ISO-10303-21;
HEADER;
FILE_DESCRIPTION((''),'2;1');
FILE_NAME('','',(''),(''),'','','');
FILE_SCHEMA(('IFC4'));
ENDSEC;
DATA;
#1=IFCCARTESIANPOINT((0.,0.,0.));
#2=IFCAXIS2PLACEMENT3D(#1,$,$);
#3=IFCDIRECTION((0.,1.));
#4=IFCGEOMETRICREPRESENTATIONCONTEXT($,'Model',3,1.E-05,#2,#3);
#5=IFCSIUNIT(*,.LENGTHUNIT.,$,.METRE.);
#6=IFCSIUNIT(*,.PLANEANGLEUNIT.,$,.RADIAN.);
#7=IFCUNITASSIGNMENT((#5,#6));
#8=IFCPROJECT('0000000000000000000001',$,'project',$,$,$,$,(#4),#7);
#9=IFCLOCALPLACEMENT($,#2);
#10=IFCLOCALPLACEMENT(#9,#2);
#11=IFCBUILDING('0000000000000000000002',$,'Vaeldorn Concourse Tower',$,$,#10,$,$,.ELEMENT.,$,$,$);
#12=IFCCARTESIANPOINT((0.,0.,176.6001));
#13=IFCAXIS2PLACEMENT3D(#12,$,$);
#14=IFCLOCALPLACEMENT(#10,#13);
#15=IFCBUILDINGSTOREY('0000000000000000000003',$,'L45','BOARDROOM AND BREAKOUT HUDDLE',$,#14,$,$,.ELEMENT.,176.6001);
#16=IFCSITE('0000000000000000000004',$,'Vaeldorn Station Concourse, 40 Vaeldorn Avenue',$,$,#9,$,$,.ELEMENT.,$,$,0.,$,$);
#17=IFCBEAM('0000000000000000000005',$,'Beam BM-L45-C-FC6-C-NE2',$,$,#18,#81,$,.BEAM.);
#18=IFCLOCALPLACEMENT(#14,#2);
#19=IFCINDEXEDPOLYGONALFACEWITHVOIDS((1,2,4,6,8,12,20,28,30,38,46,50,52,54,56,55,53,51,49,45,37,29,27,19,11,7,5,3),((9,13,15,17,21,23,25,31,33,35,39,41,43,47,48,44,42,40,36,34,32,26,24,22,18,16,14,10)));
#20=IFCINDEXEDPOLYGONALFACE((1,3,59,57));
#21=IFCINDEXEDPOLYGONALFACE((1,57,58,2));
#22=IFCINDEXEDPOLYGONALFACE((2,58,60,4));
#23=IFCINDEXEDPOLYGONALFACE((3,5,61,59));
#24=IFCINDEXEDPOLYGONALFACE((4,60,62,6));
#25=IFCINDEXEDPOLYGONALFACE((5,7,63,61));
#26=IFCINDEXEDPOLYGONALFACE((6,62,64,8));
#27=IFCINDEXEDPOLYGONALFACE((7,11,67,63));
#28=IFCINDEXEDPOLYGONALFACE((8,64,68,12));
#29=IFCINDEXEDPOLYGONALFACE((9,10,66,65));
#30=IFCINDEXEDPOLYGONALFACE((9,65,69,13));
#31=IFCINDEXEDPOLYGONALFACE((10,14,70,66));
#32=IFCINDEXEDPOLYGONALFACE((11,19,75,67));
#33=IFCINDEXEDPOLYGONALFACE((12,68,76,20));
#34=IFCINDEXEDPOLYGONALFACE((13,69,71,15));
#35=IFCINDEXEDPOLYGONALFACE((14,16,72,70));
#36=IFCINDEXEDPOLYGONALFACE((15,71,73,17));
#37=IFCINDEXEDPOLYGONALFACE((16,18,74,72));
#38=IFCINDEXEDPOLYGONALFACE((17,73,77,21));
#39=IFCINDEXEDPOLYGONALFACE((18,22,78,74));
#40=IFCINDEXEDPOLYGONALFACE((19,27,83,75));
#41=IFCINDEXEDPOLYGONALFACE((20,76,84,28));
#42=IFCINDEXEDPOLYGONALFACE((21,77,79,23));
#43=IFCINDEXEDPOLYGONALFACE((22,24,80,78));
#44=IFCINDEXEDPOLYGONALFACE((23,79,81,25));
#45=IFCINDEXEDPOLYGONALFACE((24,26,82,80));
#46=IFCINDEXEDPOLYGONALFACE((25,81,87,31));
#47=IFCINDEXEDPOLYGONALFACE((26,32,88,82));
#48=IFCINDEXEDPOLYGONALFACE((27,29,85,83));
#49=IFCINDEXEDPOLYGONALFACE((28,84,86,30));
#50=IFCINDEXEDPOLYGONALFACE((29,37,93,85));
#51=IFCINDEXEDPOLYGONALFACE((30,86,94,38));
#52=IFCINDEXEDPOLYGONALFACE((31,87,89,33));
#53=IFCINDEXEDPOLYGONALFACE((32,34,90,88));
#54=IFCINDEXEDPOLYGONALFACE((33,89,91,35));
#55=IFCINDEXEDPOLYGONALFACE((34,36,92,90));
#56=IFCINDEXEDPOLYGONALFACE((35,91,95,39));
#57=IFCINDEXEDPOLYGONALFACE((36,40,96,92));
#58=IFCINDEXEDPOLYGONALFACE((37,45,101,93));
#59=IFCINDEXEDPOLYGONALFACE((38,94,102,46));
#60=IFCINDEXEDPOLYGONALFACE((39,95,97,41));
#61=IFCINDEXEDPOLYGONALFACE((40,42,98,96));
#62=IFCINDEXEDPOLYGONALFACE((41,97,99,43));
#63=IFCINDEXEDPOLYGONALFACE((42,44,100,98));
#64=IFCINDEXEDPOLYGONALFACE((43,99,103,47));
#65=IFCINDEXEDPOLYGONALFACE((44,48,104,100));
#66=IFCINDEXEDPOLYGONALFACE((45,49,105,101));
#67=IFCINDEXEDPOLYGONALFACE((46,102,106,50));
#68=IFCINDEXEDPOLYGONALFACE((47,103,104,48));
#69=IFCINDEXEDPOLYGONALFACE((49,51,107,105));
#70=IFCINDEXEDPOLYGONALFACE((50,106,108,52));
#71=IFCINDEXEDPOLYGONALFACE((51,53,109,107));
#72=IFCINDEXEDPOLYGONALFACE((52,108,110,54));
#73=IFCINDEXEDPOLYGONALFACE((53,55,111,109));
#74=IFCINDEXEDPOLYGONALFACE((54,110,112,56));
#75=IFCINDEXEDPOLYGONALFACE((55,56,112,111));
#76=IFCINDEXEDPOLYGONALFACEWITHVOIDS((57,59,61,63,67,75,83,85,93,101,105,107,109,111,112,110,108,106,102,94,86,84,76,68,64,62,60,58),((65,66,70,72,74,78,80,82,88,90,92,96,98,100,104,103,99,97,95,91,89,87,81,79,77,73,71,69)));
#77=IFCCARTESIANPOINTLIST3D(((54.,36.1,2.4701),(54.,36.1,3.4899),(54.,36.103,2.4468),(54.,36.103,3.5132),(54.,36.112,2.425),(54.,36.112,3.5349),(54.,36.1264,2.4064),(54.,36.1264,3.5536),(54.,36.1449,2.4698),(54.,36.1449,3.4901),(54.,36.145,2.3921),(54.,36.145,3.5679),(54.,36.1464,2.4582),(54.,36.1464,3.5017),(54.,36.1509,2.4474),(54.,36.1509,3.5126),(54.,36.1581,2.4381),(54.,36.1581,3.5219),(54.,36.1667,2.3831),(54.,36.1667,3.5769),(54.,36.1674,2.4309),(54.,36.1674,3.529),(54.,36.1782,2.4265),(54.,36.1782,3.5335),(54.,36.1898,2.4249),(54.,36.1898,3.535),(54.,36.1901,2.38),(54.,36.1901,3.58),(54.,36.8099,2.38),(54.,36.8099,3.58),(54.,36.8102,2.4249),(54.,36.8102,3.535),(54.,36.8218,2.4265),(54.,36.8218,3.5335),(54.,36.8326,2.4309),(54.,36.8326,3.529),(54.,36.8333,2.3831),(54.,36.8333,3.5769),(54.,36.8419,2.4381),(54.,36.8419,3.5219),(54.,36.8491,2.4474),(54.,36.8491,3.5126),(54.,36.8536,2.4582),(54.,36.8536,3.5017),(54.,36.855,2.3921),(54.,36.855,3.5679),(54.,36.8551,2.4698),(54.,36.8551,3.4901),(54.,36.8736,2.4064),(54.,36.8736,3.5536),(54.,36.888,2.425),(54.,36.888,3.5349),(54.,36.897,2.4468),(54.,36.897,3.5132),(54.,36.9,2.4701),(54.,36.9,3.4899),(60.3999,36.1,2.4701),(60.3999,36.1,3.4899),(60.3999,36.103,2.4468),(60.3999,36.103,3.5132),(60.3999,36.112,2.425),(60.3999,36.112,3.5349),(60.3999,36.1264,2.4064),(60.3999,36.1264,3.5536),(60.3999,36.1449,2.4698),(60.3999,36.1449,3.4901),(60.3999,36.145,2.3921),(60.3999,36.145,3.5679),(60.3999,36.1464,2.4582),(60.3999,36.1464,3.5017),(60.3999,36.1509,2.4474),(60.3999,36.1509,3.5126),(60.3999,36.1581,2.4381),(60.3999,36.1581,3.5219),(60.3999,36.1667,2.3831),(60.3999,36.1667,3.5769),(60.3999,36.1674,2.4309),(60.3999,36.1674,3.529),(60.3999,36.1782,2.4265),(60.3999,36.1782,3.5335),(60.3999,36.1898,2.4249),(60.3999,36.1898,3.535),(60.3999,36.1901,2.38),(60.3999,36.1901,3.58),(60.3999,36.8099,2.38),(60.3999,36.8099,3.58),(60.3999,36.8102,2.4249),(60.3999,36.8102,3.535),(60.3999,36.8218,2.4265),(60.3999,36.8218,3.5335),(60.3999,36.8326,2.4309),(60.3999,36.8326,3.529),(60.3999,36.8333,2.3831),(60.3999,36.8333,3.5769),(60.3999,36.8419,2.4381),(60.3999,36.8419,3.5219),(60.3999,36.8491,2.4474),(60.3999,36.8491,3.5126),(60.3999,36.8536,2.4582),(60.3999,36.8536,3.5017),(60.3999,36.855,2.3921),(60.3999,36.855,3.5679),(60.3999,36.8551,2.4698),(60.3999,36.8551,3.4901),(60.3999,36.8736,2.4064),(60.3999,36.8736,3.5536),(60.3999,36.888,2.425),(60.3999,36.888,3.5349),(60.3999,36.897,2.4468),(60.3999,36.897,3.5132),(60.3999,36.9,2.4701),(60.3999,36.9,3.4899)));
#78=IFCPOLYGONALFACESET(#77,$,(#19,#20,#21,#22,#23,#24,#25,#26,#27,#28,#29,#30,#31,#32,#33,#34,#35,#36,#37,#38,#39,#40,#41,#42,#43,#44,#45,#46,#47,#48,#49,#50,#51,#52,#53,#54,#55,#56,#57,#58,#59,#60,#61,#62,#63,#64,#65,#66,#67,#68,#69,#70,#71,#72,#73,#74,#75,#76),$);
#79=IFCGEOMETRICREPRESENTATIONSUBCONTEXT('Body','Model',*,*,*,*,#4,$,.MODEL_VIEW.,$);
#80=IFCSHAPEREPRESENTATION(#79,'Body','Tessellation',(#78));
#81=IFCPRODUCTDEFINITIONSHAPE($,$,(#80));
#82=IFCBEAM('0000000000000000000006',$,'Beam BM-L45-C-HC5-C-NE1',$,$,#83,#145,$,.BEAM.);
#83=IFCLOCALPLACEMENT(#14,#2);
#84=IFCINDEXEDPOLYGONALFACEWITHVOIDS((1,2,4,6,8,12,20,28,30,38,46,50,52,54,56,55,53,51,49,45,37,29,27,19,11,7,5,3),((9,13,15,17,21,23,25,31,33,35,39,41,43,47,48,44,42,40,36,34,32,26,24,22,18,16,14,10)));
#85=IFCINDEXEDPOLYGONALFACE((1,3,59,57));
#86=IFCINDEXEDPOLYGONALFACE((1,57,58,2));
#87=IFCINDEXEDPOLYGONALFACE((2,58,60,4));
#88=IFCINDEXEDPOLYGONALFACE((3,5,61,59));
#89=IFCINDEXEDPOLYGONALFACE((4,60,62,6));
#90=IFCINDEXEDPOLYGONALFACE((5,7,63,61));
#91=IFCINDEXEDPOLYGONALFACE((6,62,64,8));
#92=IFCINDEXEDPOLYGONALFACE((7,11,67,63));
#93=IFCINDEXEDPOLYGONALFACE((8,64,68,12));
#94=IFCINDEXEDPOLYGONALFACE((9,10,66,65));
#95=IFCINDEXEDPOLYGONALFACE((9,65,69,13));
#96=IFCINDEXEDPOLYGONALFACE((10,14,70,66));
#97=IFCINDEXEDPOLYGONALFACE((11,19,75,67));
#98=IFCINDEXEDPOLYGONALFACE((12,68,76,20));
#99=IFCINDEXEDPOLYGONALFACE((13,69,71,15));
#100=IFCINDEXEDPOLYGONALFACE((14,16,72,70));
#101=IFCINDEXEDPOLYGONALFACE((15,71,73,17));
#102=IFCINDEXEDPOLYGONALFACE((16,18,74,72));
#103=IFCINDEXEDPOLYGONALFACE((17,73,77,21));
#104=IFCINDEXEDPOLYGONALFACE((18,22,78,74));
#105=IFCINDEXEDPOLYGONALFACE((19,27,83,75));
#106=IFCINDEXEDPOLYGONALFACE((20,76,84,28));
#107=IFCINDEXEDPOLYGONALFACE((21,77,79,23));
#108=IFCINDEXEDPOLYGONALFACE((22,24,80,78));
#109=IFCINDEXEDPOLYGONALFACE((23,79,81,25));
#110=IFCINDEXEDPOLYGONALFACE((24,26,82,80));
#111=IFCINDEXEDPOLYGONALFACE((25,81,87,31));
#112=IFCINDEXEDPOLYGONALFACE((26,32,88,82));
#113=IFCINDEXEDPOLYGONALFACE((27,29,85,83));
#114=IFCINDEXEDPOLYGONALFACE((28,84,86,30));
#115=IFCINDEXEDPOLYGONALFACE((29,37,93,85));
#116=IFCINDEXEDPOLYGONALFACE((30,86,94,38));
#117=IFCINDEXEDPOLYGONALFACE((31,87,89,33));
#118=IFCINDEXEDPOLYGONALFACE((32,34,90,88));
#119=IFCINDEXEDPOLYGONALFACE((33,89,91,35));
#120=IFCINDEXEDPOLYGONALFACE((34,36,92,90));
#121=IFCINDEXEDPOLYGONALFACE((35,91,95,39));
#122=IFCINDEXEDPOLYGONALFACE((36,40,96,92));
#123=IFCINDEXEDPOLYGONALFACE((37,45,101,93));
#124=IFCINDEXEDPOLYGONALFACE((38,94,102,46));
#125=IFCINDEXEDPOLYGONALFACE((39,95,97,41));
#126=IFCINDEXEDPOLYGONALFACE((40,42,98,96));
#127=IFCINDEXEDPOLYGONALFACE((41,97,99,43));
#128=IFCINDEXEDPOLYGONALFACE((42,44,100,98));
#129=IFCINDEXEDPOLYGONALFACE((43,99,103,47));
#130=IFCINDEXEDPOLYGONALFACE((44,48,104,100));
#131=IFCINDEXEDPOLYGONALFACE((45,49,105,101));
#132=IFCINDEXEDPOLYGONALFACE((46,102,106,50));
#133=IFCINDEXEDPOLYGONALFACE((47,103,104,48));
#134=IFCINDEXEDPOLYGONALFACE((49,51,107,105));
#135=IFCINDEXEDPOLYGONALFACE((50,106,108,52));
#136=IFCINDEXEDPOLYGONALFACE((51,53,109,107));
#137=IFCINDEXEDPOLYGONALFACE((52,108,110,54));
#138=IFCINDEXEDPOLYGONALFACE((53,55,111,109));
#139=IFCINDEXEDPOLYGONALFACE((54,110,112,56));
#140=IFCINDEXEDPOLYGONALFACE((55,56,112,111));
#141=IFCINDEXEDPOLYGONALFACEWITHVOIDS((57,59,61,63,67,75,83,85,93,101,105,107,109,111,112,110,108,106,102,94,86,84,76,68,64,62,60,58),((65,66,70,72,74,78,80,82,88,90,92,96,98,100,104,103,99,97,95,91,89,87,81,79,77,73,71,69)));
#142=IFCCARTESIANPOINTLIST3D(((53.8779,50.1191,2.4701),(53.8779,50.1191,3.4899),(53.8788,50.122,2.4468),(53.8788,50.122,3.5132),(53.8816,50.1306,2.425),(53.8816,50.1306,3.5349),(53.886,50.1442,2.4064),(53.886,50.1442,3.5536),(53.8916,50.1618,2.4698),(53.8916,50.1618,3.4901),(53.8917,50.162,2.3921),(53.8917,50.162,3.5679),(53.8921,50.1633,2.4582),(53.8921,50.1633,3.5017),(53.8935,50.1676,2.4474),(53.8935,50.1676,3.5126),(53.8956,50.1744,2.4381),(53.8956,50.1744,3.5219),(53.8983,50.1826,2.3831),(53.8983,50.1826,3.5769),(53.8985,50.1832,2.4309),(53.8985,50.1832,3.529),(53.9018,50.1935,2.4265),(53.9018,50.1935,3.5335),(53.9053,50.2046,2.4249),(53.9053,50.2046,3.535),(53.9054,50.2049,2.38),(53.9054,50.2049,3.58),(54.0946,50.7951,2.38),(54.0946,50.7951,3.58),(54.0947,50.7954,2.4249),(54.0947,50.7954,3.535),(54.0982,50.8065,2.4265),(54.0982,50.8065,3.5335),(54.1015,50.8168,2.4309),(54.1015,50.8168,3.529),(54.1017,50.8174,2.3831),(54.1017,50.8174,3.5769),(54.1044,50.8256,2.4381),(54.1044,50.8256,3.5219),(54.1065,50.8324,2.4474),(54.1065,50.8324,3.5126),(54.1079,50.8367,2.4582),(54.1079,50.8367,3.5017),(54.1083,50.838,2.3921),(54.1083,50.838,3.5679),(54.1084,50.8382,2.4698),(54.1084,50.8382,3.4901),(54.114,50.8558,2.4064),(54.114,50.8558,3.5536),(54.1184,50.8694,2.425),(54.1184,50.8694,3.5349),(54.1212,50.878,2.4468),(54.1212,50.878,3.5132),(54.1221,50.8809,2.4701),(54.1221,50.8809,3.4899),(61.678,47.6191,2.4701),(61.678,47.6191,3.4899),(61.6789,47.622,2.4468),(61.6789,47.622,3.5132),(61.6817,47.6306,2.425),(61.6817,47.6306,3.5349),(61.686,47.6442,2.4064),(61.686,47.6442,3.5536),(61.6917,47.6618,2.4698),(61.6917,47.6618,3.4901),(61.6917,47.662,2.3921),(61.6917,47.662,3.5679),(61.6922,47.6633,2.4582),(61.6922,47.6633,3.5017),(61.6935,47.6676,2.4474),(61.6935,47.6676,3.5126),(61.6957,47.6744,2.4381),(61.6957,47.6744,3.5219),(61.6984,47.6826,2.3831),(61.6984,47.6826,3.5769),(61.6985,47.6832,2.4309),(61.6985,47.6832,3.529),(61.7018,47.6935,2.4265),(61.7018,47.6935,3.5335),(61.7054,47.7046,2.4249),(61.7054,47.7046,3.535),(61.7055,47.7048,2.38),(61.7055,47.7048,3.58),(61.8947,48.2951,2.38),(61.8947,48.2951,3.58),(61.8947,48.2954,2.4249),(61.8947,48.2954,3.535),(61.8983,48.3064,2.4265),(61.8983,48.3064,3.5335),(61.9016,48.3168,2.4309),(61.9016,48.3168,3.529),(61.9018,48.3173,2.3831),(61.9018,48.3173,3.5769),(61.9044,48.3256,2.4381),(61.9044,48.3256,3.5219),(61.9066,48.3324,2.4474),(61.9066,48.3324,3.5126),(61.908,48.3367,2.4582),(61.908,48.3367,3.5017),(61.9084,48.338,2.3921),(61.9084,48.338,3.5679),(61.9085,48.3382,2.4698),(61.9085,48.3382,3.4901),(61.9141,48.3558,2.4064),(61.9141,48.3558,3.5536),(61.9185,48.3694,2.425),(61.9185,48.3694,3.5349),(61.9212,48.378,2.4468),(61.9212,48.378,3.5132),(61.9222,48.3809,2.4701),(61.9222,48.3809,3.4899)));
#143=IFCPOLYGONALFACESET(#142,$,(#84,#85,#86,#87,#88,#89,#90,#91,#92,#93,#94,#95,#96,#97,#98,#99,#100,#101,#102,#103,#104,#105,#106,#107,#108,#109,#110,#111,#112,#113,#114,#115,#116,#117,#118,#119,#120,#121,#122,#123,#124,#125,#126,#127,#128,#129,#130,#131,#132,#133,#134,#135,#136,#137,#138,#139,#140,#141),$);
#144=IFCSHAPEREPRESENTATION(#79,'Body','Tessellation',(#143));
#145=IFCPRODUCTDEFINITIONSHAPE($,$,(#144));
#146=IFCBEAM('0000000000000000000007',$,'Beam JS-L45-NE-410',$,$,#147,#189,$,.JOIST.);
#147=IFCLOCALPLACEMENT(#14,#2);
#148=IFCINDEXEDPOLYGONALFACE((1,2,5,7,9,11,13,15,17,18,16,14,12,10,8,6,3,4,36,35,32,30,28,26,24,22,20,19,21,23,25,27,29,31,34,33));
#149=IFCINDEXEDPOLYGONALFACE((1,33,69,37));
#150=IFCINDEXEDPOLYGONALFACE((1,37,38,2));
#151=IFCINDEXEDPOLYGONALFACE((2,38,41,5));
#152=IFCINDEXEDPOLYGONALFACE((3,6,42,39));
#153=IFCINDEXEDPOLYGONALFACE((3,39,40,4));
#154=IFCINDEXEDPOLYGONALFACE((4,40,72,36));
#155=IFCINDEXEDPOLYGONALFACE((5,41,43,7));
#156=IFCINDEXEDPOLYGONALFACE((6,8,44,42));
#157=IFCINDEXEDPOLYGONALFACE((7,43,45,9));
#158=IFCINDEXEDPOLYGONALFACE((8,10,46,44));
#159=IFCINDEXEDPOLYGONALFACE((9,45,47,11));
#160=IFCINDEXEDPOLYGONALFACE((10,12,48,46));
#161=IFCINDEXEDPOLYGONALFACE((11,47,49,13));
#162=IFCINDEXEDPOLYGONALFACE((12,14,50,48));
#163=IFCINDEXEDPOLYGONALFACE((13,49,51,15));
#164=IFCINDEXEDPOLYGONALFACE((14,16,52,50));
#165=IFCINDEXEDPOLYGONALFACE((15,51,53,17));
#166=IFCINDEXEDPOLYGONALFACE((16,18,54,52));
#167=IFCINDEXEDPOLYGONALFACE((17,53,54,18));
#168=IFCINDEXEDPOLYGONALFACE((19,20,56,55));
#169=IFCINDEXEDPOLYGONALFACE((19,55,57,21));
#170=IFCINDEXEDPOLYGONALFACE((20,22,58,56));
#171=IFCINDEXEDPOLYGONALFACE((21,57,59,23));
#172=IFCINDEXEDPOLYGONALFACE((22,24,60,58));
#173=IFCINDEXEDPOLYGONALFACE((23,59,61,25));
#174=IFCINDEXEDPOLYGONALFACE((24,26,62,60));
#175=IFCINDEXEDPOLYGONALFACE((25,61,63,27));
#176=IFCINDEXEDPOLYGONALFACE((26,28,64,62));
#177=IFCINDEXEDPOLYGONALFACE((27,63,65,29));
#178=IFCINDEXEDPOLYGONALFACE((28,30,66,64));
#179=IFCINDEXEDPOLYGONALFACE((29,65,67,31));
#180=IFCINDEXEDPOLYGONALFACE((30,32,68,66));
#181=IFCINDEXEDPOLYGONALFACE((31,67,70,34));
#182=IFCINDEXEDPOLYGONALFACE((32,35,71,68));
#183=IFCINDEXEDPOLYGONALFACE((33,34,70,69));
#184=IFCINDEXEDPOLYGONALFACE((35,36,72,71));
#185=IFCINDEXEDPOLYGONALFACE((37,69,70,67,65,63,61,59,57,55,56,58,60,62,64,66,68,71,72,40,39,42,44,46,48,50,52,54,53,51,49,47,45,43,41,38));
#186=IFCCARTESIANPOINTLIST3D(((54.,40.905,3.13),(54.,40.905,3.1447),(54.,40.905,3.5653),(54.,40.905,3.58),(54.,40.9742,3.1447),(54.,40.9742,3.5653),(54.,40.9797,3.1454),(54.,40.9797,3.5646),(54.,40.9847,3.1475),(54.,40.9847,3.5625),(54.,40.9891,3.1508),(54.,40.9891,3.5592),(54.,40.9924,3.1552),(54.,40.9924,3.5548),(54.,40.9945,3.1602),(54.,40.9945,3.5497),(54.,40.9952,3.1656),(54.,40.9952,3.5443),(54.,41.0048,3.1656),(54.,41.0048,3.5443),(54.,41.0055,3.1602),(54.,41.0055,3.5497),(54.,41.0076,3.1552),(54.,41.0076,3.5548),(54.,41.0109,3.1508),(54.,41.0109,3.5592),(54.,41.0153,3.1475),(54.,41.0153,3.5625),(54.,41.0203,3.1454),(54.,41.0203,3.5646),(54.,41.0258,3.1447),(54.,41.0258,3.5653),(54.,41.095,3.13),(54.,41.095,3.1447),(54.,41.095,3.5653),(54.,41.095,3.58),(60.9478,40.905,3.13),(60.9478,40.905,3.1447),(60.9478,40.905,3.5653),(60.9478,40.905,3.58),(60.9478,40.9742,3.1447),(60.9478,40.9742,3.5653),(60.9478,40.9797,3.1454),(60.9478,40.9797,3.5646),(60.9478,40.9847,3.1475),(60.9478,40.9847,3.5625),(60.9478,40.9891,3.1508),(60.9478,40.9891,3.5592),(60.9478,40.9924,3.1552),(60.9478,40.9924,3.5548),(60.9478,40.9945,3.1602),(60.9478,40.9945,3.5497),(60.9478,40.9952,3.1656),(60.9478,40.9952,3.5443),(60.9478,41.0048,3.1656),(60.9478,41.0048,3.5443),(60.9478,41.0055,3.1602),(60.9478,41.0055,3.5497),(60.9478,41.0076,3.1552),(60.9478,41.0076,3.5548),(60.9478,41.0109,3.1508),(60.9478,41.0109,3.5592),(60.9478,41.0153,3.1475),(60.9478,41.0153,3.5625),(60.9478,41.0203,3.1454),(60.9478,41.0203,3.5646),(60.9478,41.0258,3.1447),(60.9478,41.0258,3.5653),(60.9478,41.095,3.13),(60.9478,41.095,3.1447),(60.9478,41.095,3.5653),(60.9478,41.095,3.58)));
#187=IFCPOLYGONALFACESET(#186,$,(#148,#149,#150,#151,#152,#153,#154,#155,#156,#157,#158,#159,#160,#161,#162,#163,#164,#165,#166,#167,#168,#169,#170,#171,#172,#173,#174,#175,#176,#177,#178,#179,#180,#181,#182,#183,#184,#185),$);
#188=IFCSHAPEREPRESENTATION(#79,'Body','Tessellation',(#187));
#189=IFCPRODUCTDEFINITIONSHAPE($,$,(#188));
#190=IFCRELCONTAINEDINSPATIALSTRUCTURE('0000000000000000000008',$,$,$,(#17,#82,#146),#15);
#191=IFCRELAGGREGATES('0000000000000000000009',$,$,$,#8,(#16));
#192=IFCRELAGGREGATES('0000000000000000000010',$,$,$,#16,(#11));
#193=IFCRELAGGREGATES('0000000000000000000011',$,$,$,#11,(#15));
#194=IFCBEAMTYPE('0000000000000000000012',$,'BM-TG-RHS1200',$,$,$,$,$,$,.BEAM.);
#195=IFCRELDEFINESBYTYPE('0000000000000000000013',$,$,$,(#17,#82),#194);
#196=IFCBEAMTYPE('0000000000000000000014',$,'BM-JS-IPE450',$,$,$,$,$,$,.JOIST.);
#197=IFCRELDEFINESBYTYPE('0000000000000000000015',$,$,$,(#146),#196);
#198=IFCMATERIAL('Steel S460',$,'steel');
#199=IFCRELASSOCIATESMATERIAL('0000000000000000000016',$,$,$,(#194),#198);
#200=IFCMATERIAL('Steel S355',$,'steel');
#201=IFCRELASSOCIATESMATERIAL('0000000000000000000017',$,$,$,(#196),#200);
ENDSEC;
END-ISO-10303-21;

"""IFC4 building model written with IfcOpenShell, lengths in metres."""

from ifc_helpers import new_model, si_unit, direction, frame, origin, origin_2d, place, context, subcontext, project, spatial, hollow_rectangle, i_section, extrude, source, transform, mapped, material, material_profile, profile_set, type_object, element, save


model = new_model("IFC4")

# Units and contexts
model_context = context("Model", 3, precision=1e-05, world=origin(), true_north=direction((0.0, 1.0)))
body_context = subcontext(model_context, "Body", "Model", "MODEL_VIEW")
ifc_project = project(units=[si_unit("LENGTHUNIT", "METRE"), si_unit("PLANEANGLEUNIT", "RADIAN")], contexts=[model_context])

# Site, building, storey
site_placement = place(None, origin())
site = spatial("IfcSite", under=ifc_project, at=site_placement, Name="Vaeldorn Station Concourse, 40 Vaeldorn Avenue", CompositionType="ELEMENT", RefElevation=0.0)
building_placement = place(site_placement, origin())
building = spatial("IfcBuilding", under=site, at=building_placement, Name="Vaeldorn Concourse Tower", CompositionType="ELEMENT")
storey_placement = place(building_placement, frame((0.0, 0.0, 176.6001)))
storey = spatial("IfcBuildingStorey", under=building, at=storey_placement, Name="L45", Description="BOARDROOM AND BREAKOUT HUDDLE", CompositionType="ELEMENT", Elevation=176.6001)

# Shared definitions
ifc_material_1 = material(Name="Steel S460", Category="steel")

# Beams
ifc_material_2 = material(Name="Steel S355", Category="steel")
ifc_material_profile_1 = material_profile(ifc_material_1, hollow_rectangle(XDim=0.8, YDim=1.2, WallThickness=0.0449, InnerFilletRadius=0.0449, OuterFilletRadius=0.0901, at=origin_2d()), Name="RHS 1200x800x45")
ifc_profile_set_1 = profile_set([ifc_material_profile_1], Name="Steel S460")
beam_type_1 = type_object("IfcBeamType", Name="BM-TG-RHS1200", PredefinedType="BEAM", material=ifc_profile_set_1)
shared_shape_1 = source(origin(), body_context, "Body", "SweptSolid", [
    extrude(hollow_rectangle(XDim=0.8, YDim=1.2, WallThickness=0.0449, InnerFilletRadius=0.0449, OuterFilletRadius=0.0901, at=origin_2d()), origin(), (0.0, 0.0, 1.0), 6.3999),
])
beam_1_placement = place(storey_placement, frame((54.0, 36.5, 2.98), z_axis=(1.0, 0.0, 0.0), x_axis=(0.0, 1.0, 0.0)))
element("IfcBeam", 1, at=beam_1_placement, inside=storey, type_object=beam_type_1, Name="Beam BM-L45-C-FC6-C-NE2", PredefinedType="BEAM", context=body_context, shape_type="MappedRepresentation", body=[
    mapped(shared_shape_1, transform((0.0, 0.0, 0.0), scale=1.0)),
])
shared_shape_2 = source(origin(), body_context, "Body", "SweptSolid", [
    extrude(hollow_rectangle(XDim=0.8, YDim=1.2, WallThickness=0.0449, InnerFilletRadius=0.0449, OuterFilletRadius=0.0901, at=origin_2d()), origin(), (0.0, 0.0, 1.0), 8.1909),
])
beam_2_placement = place(storey_placement, frame((54.0, 50.5, 2.98), z_axis=(0.952283, -0.305217, 0.0), x_axis=(0.305217, 0.952283, 0.0)))
element("IfcBeam", 2, at=beam_2_placement, inside=storey, type_object=beam_type_1, Name="Beam BM-L45-C-HC5-C-NE1", PredefinedType="BEAM", context=body_context, shape_type="MappedRepresentation", body=[
    mapped(shared_shape_2, transform((0.0, 0.0, 0.0), scale=1.0)),
])
ifc_material_profile_2 = material_profile(ifc_material_2, i_section(OverallWidth=0.1899, OverallDepth=0.45, WebThickness=0.0095, FlangeThickness=0.0146, FilletRadius=0.021, at=origin_2d()), Name="IPE 450")
ifc_profile_set_2 = profile_set([ifc_material_profile_2], Name="Steel S355")
beam_type_2 = type_object("IfcBeamType", Name="BM-JS-IPE450", PredefinedType="JOIST", material=ifc_profile_set_2)
shared_shape_3 = source(origin(), body_context, "Body", "SweptSolid", [
    extrude(i_section(OverallWidth=0.1899, OverallDepth=0.45, WebThickness=0.0095, FlangeThickness=0.0146, FilletRadius=0.021, at=origin_2d()), origin(), (0.0, 0.0, 1.0), 6.9478),
])
beam_3_placement = place(storey_placement, frame((54.0, 41.0, 3.355), z_axis=(1.0, 0.0, 0.0), x_axis=(0.0, 1.0, 0.0)))
element("IfcBeam", 3, at=beam_3_placement, inside=storey, type_object=beam_type_2, Name="Beam JS-L45-NE-410", PredefinedType="JOIST", context=body_context, shape_type="MappedRepresentation", body=[
    mapped(shared_shape_3, transform((0.0, 0.0, 0.0), scale=1.0)),
])

save(model, "model.ifc")
